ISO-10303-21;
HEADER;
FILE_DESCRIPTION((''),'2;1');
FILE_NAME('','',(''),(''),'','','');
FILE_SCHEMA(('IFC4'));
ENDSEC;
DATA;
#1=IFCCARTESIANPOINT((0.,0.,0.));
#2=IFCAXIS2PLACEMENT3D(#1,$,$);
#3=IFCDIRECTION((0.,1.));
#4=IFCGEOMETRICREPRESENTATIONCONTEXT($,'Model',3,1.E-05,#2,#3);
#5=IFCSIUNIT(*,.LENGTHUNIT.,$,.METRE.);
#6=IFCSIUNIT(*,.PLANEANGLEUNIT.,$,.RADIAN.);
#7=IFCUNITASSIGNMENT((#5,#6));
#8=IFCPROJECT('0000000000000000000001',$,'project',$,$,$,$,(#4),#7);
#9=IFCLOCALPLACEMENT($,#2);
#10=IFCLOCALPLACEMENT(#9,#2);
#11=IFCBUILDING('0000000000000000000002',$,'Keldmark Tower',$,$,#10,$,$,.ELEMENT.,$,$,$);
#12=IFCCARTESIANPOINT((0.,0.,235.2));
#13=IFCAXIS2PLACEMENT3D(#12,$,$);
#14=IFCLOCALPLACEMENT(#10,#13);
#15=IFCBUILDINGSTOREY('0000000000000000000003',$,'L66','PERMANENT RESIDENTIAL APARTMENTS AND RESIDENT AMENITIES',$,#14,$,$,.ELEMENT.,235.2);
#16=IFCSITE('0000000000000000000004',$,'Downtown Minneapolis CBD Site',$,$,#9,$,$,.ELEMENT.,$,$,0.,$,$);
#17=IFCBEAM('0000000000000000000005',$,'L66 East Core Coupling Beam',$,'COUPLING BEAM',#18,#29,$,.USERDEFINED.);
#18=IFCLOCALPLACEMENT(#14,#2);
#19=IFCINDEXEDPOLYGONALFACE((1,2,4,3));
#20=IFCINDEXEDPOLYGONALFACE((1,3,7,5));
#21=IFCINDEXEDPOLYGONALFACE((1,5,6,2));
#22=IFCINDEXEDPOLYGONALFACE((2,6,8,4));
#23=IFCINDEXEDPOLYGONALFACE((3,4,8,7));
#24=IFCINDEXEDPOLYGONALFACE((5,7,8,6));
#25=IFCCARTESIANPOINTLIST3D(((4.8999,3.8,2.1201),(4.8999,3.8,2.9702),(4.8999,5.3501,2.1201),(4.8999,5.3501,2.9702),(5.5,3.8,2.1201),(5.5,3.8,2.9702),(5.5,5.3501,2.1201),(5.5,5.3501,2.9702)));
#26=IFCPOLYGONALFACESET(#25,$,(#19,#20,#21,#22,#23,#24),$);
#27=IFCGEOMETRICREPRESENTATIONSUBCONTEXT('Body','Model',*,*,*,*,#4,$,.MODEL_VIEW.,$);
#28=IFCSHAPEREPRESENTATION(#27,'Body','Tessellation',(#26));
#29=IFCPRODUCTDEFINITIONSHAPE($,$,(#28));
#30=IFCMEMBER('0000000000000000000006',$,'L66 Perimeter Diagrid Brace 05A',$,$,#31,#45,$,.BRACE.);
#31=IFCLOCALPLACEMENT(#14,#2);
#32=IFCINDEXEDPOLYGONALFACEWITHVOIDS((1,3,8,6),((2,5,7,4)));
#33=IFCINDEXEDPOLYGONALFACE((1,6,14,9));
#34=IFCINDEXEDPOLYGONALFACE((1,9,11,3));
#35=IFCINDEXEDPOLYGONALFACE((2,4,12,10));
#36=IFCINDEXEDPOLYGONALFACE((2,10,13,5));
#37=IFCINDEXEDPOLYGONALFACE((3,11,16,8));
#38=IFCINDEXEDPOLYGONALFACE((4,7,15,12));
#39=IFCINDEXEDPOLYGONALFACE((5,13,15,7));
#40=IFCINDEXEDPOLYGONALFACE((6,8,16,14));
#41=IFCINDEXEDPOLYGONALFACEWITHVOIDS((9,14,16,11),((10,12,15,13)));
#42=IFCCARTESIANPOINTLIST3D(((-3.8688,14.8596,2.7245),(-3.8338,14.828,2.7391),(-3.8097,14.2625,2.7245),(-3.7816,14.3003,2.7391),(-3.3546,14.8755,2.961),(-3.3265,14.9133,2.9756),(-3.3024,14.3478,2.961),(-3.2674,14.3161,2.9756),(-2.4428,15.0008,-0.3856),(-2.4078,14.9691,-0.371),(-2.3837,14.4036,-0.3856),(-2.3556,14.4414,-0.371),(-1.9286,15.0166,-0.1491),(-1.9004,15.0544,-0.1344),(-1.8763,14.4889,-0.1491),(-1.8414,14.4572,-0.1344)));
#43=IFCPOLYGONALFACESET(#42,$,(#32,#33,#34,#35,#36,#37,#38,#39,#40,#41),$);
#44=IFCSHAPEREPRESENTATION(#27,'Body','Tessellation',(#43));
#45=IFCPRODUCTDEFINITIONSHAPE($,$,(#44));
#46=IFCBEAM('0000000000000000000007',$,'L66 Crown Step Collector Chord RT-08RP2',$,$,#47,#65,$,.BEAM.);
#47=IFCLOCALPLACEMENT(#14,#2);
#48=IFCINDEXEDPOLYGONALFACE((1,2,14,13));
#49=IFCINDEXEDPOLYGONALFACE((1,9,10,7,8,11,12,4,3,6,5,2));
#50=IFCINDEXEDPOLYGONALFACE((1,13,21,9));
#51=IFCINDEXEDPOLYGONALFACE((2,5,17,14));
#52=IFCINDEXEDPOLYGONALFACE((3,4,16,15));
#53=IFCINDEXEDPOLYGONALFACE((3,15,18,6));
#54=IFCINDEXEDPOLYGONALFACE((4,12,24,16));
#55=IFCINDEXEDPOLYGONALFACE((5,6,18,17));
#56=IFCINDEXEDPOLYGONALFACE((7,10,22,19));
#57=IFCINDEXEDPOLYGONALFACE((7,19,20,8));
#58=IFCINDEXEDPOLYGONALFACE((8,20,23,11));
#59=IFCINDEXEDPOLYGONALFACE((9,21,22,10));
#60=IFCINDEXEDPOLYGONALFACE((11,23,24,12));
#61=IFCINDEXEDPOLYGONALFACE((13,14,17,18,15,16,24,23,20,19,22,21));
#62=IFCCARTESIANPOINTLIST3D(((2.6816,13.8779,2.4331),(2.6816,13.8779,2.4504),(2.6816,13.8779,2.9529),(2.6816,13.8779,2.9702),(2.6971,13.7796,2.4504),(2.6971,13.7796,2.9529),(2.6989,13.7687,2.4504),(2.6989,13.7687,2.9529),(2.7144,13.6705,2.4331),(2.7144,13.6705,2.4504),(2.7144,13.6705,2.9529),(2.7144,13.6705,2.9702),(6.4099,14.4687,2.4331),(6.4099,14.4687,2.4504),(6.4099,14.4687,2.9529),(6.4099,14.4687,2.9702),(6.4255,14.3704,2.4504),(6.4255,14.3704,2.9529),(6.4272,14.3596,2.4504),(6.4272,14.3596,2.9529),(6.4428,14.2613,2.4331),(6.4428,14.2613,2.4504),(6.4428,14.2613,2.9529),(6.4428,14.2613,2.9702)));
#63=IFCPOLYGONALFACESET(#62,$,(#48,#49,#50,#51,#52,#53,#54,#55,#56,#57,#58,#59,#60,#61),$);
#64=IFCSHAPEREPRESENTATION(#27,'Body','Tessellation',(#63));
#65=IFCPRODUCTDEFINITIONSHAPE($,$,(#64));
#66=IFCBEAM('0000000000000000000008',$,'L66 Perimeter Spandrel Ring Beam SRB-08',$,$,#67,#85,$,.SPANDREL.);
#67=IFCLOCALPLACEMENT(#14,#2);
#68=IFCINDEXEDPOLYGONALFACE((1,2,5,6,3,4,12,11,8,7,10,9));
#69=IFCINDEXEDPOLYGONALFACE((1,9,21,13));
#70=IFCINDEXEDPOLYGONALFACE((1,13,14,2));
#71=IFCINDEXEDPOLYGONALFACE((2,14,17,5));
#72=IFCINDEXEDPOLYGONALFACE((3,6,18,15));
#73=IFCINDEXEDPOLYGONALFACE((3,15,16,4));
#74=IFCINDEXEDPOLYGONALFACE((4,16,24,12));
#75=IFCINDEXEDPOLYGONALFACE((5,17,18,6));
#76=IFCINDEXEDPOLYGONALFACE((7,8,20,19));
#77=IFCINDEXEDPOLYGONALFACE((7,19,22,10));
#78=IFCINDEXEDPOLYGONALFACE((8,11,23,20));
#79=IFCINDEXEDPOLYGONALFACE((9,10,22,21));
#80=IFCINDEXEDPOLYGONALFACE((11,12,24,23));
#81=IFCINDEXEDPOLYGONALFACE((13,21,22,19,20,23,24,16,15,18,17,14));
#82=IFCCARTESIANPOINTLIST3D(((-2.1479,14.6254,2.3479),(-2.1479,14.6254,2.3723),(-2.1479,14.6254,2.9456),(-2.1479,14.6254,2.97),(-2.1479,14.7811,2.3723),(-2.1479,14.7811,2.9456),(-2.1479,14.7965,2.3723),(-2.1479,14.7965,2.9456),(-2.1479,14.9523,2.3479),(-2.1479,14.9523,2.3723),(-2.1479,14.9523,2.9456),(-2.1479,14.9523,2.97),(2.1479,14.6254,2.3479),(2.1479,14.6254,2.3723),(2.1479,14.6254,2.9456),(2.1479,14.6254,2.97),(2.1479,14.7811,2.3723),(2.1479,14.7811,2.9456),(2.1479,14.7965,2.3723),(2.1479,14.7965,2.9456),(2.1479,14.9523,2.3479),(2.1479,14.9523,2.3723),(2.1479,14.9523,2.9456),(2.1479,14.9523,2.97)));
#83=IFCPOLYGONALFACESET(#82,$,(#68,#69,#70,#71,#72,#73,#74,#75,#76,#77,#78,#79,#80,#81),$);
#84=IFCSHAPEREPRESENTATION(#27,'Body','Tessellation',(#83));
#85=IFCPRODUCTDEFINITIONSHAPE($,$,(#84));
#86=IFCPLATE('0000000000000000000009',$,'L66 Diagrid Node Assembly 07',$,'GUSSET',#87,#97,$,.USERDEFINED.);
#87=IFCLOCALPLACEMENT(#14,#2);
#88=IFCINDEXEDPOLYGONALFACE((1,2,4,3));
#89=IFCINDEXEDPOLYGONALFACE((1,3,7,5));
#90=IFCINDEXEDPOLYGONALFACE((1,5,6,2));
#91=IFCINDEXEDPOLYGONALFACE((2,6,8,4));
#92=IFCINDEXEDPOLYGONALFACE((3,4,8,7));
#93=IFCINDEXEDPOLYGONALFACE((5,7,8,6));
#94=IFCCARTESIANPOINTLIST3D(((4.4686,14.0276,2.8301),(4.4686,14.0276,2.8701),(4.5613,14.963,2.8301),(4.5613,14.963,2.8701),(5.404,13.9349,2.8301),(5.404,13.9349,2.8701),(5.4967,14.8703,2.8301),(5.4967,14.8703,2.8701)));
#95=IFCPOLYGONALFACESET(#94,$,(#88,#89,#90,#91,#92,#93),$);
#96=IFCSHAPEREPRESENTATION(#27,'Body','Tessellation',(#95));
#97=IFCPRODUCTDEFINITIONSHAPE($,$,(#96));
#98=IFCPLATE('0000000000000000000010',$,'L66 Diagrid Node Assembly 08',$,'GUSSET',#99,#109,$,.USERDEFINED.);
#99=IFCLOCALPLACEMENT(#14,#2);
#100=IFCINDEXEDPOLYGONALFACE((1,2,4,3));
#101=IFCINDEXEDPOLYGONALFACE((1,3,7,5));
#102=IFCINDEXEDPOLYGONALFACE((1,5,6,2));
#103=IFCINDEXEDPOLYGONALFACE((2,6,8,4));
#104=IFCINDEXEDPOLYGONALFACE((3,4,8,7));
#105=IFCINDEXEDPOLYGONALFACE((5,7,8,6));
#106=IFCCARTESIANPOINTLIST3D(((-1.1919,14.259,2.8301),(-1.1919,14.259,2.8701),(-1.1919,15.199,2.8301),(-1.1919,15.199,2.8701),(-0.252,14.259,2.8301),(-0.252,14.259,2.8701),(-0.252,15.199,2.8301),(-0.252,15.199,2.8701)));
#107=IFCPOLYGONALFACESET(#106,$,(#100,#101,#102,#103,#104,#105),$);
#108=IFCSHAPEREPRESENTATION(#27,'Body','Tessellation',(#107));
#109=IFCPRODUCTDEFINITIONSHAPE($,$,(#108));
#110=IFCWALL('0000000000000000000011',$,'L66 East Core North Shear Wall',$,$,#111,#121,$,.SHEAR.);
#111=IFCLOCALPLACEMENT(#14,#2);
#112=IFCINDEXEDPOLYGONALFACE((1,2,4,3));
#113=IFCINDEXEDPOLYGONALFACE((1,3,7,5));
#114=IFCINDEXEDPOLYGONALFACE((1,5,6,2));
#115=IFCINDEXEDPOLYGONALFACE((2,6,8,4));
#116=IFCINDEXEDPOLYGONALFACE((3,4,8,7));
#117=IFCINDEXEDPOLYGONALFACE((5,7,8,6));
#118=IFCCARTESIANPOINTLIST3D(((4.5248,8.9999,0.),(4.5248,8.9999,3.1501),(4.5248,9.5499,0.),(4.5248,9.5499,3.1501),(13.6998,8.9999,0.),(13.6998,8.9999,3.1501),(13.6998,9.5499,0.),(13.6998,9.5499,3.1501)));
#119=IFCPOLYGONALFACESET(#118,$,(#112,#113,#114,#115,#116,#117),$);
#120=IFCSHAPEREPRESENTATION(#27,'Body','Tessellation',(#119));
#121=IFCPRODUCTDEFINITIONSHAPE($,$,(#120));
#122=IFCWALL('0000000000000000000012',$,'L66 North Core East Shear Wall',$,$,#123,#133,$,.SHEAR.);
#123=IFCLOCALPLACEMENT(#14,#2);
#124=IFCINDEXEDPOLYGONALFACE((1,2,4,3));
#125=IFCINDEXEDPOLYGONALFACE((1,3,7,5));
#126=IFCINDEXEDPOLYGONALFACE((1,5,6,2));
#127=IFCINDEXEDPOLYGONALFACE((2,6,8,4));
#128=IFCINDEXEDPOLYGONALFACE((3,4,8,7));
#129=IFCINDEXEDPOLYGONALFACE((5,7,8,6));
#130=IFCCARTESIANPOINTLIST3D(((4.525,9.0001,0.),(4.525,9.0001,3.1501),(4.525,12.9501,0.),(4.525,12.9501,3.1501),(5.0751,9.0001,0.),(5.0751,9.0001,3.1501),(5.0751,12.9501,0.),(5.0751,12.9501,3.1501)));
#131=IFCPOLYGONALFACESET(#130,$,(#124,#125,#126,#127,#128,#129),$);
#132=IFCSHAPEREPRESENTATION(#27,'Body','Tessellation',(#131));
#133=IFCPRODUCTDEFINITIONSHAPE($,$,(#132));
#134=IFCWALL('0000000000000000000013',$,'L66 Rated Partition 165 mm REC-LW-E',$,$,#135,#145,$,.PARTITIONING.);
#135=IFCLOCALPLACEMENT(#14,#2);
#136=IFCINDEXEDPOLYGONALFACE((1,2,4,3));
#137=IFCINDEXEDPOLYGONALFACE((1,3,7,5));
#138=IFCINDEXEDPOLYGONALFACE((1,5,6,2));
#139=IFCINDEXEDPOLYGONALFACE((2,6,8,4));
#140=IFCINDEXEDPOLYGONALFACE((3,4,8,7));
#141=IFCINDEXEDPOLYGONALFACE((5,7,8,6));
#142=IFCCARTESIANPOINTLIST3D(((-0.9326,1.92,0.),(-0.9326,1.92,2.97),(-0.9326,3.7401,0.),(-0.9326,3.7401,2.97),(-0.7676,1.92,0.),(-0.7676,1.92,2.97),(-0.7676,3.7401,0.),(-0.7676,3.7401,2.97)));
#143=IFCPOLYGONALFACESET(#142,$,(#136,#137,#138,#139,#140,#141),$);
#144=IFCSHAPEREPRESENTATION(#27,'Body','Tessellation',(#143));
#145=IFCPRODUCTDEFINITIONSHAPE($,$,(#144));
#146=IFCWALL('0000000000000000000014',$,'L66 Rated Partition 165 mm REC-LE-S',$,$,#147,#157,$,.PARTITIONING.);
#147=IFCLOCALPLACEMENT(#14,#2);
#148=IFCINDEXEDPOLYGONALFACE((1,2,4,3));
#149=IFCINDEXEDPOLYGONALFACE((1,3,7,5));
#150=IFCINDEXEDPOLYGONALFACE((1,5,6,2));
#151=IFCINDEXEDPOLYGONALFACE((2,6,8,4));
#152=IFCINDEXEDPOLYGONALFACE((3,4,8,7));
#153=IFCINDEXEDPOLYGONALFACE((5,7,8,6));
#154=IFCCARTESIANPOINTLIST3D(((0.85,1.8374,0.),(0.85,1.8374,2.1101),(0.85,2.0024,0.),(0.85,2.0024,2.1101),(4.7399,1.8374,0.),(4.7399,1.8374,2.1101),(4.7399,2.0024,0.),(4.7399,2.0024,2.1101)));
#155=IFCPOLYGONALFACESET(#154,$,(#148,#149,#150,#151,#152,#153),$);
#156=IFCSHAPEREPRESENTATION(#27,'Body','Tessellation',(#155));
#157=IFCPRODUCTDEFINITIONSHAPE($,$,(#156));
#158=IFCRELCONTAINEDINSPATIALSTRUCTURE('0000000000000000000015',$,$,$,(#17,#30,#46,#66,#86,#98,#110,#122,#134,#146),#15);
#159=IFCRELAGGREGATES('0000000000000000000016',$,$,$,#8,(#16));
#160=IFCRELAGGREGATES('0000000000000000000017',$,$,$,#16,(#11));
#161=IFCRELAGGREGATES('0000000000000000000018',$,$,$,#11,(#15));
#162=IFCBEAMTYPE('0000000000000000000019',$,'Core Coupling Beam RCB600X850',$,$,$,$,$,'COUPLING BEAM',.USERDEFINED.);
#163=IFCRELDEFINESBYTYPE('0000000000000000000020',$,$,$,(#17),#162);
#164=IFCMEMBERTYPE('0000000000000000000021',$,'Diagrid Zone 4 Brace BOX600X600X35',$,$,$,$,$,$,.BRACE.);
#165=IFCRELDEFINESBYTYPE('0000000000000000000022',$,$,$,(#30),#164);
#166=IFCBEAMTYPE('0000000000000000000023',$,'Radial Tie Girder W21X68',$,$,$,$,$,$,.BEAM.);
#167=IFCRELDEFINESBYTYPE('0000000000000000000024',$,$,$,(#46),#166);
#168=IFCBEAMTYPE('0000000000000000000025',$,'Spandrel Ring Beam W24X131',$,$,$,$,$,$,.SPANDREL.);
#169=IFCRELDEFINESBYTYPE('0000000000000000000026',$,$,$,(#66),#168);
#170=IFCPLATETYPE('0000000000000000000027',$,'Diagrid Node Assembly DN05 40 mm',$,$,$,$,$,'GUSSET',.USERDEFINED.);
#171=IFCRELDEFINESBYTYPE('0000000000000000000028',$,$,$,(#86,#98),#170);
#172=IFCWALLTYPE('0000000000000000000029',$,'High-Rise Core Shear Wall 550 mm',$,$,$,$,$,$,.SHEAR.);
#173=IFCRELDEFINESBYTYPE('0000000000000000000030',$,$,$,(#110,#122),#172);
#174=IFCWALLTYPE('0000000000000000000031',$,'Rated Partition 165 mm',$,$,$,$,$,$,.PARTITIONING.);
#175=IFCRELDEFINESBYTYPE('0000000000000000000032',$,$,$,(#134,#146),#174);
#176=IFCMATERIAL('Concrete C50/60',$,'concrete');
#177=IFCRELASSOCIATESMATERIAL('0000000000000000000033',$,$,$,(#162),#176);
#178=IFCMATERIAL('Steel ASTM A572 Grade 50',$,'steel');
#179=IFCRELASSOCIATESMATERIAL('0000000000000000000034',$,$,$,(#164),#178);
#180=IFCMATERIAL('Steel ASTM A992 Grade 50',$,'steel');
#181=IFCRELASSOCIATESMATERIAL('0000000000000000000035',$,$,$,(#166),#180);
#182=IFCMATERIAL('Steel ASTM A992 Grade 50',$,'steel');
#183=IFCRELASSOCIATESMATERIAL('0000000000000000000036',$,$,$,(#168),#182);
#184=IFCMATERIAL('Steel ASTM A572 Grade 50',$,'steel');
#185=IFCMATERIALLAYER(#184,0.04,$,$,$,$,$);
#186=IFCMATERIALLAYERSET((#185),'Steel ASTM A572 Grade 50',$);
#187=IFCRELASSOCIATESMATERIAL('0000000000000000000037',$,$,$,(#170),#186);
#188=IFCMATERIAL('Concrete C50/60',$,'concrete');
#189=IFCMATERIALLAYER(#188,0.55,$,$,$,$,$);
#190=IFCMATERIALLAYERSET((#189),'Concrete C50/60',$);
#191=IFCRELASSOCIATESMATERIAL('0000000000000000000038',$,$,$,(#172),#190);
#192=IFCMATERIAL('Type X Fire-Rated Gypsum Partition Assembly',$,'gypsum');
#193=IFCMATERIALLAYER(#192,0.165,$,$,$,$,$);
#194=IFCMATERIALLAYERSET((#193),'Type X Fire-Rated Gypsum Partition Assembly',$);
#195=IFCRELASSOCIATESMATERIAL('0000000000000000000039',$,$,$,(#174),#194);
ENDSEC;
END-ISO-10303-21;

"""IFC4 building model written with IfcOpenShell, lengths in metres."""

from ifc_helpers import new_model, si_unit, direction, frame, frame_2d, origin, origin_2d, place, context, subcontext, project, spatial, rectangle, hollow_rectangle, i_section, extrude, material, layer, layer_set, material_profile, profile_set, type_object, element, save


model = new_model("IFC4")

# Units and contexts
model_context = context("Model", 3, precision=1e-05, world=origin(), true_north=direction((0.0, 1.0)))
body_context = subcontext(model_context, "Body", "Model", "MODEL_VIEW")
ifc_project = project(units=[si_unit("LENGTHUNIT", "METRE"), si_unit("PLANEANGLEUNIT", "RADIAN")], contexts=[model_context])

# Site, building, storey
site_placement = place(None, origin())
site = spatial("IfcSite", under=ifc_project, at=site_placement, Name="Downtown Minneapolis CBD Site", CompositionType="ELEMENT", RefElevation=0.0)
building_placement = place(site_placement, origin())
building = spatial("IfcBuilding", under=site, at=building_placement, Name="Keldmark Tower", CompositionType="ELEMENT")
storey_placement = place(building_placement, frame((0.0, 0.0, 235.2)))
storey = spatial("IfcBuildingStorey", under=building, at=storey_placement, Name="L66", Description="PERMANENT RESIDENTIAL APARTMENTS AND RESIDENT AMENITIES", CompositionType="ELEMENT", Elevation=235.2)

# Beam
ifc_material_1 = material(Name="Concrete C50/60", Category="concrete")
ifc_material_profile_1 = material_profile(ifc_material_1, rectangle(XDim=0.6001, YDim=0.8501, at=origin_2d()), Name="RCB600X850")
ifc_profile_set_1 = profile_set([ifc_material_profile_1], Name="Concrete C50/60")
beam_type_1 = type_object("IfcBeamType", Name="Core Coupling Beam RCB600X850", ElementType="COUPLING BEAM", PredefinedType="USERDEFINED", material=ifc_profile_set_1)
beam_1_placement = place(storey_placement, frame((5.2, 3.8, 2.5452), z_axis=(0.0, 1.0, 0.0), x_axis=(-1.0, 0.0, 0.0)))
element("IfcBeam", 1, at=beam_1_placement, inside=storey, type_object=beam_type_1, Name="L66 East Core Coupling Beam", ObjectType="COUPLING BEAM", PredefinedType="USERDEFINED", context=body_context, shape_type="SweptSolid", body=[
    extrude(rectangle(XDim=0.6001, YDim=0.8501, at=origin_2d()), origin(), (0.0, 0.0, 1.0), 1.55),
])

# Member
ifc_material_2 = material(Name="Steel ASTM A572 Grade 50", Category="steel")
ifc_material_profile_2 = material_profile(ifc_material_2, hollow_rectangle(XDim=0.6001, YDim=0.6001, WallThickness=0.0349, at=origin_2d()), Name="BOX600X600X35")
ifc_profile_set_2 = profile_set([ifc_material_profile_2], Name="Steel ASTM A572 Grade 50")
member_type = type_object("IfcMemberType", Name="Diagrid Zone 4 Brace BOX600X600X35", PredefinedType="BRACE", material=ifc_profile_set_2)
member_placement = place(storey_placement, frame((-2.1421, 14.729, -0.26), z_axis=(-0.416436, -0.041209, 0.908231), x_axis=(0.098475, -0.99514, 0.0)))
element("IfcMember", 2, at=member_placement, inside=storey, type_object=member_type, Name="L66 Perimeter Diagrid Brace 05A", PredefinedType="BRACE", context=body_context, shape_type="SweptSolid", body=[
    extrude(hollow_rectangle(XDim=0.6001, YDim=0.6001, WallThickness=0.0349, at=origin_2d()), origin(), (0.0, 0.0, 1.0), 3.4243),
])

# Beams
ifc_material_3 = material(Name="Steel ASTM A992 Grade 50", Category="steel")
ifc_material_profile_3 = material_profile(ifc_material_3, i_section(OverallWidth=0.21, OverallDepth=0.5371, WebThickness=0.011, FlangeThickness=0.0173, at=origin_2d()), Name="W21X68")
ifc_profile_set_3 = profile_set([ifc_material_profile_3], Name="Steel ASTM A992 Grade 50")
beam_type_2 = type_object("IfcBeamType", Name="Radial Tie Girder W21X68", PredefinedType="BEAM", material=ifc_profile_set_3)
beam_2_placement = place(storey_placement, frame((2.698, 13.7742, 2.7017), z_axis=(0.987675, 0.156517, 0.0), x_axis=(-0.156517, 0.987675, 0.0)))
element("IfcBeam", 3, at=beam_2_placement, inside=storey, type_object=beam_type_2, Name="L66 Crown Step Collector Chord RT-08RP2", PredefinedType="BEAM", context=body_context, shape_type="SweptSolid", body=[
    extrude(i_section(OverallWidth=0.21, OverallDepth=0.5371, WebThickness=0.011, FlangeThickness=0.0173, at=origin_2d()), origin(), (0.0, 0.0, 1.0), 3.7749),
])
ifc_material_4 = material(Name="Steel ASTM A992 Grade 50", Category="steel")
ifc_material_profile_4 = material_profile(ifc_material_4, i_section(OverallWidth=0.3269, OverallDepth=0.6221, WebThickness=0.0154, FlangeThickness=0.0244, at=origin_2d()), Name="W24X131")
ifc_profile_set_4 = profile_set([ifc_material_profile_4], Name="Steel ASTM A992 Grade 50")
beam_type_3 = type_object("IfcBeamType", Name="Spandrel Ring Beam W24X131", PredefinedType="SPANDREL", material=ifc_profile_set_4)
beam_3_placement = place(storey_placement, frame((2.1479, 14.7888, 2.6589), z_axis=(-1.0, 0.0, 0.0), x_axis=(0.0, -1.0, 0.0)))
element("IfcBeam", 4, at=beam_3_placement, inside=storey, type_object=beam_type_3, Name="L66 Perimeter Spandrel Ring Beam SRB-08", PredefinedType="SPANDREL", context=body_context, shape_type="SweptSolid", body=[
    extrude(i_section(OverallWidth=0.3269, OverallDepth=0.6221, WebThickness=0.0154, FlangeThickness=0.0244, at=origin_2d()), origin(), (0.0, 0.0, 1.0), 4.2959),
])

# Plates
ifc_material_5 = material(Name="Steel ASTM A572 Grade 50", Category="steel")
ifc_layer_1 = layer(ifc_material_5, 0.04)
ifc_layer_set_1 = layer_set([ifc_layer_1], Name="Steel ASTM A572 Grade 50")
plate_type = type_object("IfcPlateType", Name="Diagrid Node Assembly DN05 40 mm", ElementType="GUSSET", PredefinedType="USERDEFINED", material=ifc_layer_set_1)
for number, where, z_axis, x_axis, name in (
    (5, (4.9827, 14.449, 2.8301), (0.0, 0.0, 1.0), (-0.995125, 0.098625, 0.0), "L66 Diagrid Node Assembly 07"),
    (6, (-0.7219, 14.729, 2.8301), (0.0, 0.0, 1.0), (-1.0, 0.0, 0.0), "L66 Diagrid Node Assembly 08"),
):
    element("IfcPlate", number, at=place(storey_placement, frame(where, z_axis=z_axis, x_axis=x_axis)), inside=storey, type_object=plate_type, Name=name, ObjectType="GUSSET", PredefinedType="USERDEFINED", context=body_context, shape_type="SweptSolid", body=[
        extrude(rectangle(XDim=0.9399, YDim=0.9399, at=origin_2d()), origin(), (0.0, 0.0, 1.0), 0.04),
    ])

# Walls
ifc_material_6 = material(Name="Concrete C50/60", Category="concrete")
ifc_layer_2 = layer(ifc_material_6, 0.55)
ifc_layer_set_2 = layer_set([ifc_layer_2], Name="Concrete C50/60")
wall_type_1 = type_object("IfcWallType", Name="High-Rise Core Shear Wall 550 mm", PredefinedType="SHEAR", material=ifc_layer_set_2)
wall_1_placement = place(storey_placement, frame((4.5249, 9.2749, 0.0), z_axis=(0.0, 0.0, 1.0), x_axis=(1.0, 0.0, 0.0)))
element("IfcWall", 7, at=wall_1_placement, inside=storey, type_object=wall_type_1, Name="L66 East Core North Shear Wall", PredefinedType="SHEAR", context=body_context, shape_type="SweptSolid", body=[
    extrude(rectangle(XDim=9.175, YDim=0.55, at=frame_2d((4.5874, 0.0))), origin(), (0.0, 0.0, 1.0), 3.1501),
])
wall_2_placement = place(storey_placement, frame((4.8, 9.0, 0.0), z_axis=(0.0, 0.0, 1.0), x_axis=(0.0, 1.0, 0.0)))
element("IfcWall", 8, at=wall_2_placement, inside=storey, type_object=wall_type_1, Name="L66 North Core East Shear Wall", PredefinedType="SHEAR", context=body_context, shape_type="SweptSolid", body=[
    extrude(rectangle(XDim=3.95, YDim=0.55, at=frame_2d((1.9751, 0.0))), origin(), (0.0, 0.0, 1.0), 3.1501),
])
ifc_material_7 = material(Name="Type X Fire-Rated Gypsum Partition Assembly", Category="gypsum")
ifc_layer_3 = layer(ifc_material_7, 0.165)
ifc_layer_set_3 = layer_set([ifc_layer_3], Name="Type X Fire-Rated Gypsum Partition Assembly")
wall_type_2 = type_object("IfcWallType", Name="Rated Partition 165 mm", PredefinedType="PARTITIONING", material=ifc_layer_set_3)
wall_3_placement = place(storey_placement, frame((-0.8501, 1.9199, 0.0), z_axis=(0.0, 0.0, 1.0), x_axis=(0.0, 1.0, 0.0)))
element("IfcWall", 9, at=wall_3_placement, inside=storey, type_object=wall_type_2, Name="L66 Rated Partition 165 mm REC-LW-E", PredefinedType="PARTITIONING", context=body_context, shape_type="SweptSolid", body=[
    extrude(rectangle(XDim=1.8201, YDim=0.165, at=frame_2d((0.9102, 0.0))), origin(), (0.0, 0.0, 1.0), 2.97),
])
wall_4_placement = place(storey_placement, frame((0.8501, 1.9199, 0.0), z_axis=(0.0, 0.0, 1.0), x_axis=(1.0, 0.0, 0.0)))
element("IfcWall", 10, at=wall_4_placement, inside=storey, type_object=wall_type_2, Name="L66 Rated Partition 165 mm REC-LE-S", PredefinedType="PARTITIONING", context=body_context, shape_type="SweptSolid", body=[
    extrude(rectangle(XDim=3.8899, YDim=0.165, at=frame_2d((1.9448, 0.0))), origin(), (0.0, 0.0, 1.0), 2.1101),
])

save(model, "model.ifc")
